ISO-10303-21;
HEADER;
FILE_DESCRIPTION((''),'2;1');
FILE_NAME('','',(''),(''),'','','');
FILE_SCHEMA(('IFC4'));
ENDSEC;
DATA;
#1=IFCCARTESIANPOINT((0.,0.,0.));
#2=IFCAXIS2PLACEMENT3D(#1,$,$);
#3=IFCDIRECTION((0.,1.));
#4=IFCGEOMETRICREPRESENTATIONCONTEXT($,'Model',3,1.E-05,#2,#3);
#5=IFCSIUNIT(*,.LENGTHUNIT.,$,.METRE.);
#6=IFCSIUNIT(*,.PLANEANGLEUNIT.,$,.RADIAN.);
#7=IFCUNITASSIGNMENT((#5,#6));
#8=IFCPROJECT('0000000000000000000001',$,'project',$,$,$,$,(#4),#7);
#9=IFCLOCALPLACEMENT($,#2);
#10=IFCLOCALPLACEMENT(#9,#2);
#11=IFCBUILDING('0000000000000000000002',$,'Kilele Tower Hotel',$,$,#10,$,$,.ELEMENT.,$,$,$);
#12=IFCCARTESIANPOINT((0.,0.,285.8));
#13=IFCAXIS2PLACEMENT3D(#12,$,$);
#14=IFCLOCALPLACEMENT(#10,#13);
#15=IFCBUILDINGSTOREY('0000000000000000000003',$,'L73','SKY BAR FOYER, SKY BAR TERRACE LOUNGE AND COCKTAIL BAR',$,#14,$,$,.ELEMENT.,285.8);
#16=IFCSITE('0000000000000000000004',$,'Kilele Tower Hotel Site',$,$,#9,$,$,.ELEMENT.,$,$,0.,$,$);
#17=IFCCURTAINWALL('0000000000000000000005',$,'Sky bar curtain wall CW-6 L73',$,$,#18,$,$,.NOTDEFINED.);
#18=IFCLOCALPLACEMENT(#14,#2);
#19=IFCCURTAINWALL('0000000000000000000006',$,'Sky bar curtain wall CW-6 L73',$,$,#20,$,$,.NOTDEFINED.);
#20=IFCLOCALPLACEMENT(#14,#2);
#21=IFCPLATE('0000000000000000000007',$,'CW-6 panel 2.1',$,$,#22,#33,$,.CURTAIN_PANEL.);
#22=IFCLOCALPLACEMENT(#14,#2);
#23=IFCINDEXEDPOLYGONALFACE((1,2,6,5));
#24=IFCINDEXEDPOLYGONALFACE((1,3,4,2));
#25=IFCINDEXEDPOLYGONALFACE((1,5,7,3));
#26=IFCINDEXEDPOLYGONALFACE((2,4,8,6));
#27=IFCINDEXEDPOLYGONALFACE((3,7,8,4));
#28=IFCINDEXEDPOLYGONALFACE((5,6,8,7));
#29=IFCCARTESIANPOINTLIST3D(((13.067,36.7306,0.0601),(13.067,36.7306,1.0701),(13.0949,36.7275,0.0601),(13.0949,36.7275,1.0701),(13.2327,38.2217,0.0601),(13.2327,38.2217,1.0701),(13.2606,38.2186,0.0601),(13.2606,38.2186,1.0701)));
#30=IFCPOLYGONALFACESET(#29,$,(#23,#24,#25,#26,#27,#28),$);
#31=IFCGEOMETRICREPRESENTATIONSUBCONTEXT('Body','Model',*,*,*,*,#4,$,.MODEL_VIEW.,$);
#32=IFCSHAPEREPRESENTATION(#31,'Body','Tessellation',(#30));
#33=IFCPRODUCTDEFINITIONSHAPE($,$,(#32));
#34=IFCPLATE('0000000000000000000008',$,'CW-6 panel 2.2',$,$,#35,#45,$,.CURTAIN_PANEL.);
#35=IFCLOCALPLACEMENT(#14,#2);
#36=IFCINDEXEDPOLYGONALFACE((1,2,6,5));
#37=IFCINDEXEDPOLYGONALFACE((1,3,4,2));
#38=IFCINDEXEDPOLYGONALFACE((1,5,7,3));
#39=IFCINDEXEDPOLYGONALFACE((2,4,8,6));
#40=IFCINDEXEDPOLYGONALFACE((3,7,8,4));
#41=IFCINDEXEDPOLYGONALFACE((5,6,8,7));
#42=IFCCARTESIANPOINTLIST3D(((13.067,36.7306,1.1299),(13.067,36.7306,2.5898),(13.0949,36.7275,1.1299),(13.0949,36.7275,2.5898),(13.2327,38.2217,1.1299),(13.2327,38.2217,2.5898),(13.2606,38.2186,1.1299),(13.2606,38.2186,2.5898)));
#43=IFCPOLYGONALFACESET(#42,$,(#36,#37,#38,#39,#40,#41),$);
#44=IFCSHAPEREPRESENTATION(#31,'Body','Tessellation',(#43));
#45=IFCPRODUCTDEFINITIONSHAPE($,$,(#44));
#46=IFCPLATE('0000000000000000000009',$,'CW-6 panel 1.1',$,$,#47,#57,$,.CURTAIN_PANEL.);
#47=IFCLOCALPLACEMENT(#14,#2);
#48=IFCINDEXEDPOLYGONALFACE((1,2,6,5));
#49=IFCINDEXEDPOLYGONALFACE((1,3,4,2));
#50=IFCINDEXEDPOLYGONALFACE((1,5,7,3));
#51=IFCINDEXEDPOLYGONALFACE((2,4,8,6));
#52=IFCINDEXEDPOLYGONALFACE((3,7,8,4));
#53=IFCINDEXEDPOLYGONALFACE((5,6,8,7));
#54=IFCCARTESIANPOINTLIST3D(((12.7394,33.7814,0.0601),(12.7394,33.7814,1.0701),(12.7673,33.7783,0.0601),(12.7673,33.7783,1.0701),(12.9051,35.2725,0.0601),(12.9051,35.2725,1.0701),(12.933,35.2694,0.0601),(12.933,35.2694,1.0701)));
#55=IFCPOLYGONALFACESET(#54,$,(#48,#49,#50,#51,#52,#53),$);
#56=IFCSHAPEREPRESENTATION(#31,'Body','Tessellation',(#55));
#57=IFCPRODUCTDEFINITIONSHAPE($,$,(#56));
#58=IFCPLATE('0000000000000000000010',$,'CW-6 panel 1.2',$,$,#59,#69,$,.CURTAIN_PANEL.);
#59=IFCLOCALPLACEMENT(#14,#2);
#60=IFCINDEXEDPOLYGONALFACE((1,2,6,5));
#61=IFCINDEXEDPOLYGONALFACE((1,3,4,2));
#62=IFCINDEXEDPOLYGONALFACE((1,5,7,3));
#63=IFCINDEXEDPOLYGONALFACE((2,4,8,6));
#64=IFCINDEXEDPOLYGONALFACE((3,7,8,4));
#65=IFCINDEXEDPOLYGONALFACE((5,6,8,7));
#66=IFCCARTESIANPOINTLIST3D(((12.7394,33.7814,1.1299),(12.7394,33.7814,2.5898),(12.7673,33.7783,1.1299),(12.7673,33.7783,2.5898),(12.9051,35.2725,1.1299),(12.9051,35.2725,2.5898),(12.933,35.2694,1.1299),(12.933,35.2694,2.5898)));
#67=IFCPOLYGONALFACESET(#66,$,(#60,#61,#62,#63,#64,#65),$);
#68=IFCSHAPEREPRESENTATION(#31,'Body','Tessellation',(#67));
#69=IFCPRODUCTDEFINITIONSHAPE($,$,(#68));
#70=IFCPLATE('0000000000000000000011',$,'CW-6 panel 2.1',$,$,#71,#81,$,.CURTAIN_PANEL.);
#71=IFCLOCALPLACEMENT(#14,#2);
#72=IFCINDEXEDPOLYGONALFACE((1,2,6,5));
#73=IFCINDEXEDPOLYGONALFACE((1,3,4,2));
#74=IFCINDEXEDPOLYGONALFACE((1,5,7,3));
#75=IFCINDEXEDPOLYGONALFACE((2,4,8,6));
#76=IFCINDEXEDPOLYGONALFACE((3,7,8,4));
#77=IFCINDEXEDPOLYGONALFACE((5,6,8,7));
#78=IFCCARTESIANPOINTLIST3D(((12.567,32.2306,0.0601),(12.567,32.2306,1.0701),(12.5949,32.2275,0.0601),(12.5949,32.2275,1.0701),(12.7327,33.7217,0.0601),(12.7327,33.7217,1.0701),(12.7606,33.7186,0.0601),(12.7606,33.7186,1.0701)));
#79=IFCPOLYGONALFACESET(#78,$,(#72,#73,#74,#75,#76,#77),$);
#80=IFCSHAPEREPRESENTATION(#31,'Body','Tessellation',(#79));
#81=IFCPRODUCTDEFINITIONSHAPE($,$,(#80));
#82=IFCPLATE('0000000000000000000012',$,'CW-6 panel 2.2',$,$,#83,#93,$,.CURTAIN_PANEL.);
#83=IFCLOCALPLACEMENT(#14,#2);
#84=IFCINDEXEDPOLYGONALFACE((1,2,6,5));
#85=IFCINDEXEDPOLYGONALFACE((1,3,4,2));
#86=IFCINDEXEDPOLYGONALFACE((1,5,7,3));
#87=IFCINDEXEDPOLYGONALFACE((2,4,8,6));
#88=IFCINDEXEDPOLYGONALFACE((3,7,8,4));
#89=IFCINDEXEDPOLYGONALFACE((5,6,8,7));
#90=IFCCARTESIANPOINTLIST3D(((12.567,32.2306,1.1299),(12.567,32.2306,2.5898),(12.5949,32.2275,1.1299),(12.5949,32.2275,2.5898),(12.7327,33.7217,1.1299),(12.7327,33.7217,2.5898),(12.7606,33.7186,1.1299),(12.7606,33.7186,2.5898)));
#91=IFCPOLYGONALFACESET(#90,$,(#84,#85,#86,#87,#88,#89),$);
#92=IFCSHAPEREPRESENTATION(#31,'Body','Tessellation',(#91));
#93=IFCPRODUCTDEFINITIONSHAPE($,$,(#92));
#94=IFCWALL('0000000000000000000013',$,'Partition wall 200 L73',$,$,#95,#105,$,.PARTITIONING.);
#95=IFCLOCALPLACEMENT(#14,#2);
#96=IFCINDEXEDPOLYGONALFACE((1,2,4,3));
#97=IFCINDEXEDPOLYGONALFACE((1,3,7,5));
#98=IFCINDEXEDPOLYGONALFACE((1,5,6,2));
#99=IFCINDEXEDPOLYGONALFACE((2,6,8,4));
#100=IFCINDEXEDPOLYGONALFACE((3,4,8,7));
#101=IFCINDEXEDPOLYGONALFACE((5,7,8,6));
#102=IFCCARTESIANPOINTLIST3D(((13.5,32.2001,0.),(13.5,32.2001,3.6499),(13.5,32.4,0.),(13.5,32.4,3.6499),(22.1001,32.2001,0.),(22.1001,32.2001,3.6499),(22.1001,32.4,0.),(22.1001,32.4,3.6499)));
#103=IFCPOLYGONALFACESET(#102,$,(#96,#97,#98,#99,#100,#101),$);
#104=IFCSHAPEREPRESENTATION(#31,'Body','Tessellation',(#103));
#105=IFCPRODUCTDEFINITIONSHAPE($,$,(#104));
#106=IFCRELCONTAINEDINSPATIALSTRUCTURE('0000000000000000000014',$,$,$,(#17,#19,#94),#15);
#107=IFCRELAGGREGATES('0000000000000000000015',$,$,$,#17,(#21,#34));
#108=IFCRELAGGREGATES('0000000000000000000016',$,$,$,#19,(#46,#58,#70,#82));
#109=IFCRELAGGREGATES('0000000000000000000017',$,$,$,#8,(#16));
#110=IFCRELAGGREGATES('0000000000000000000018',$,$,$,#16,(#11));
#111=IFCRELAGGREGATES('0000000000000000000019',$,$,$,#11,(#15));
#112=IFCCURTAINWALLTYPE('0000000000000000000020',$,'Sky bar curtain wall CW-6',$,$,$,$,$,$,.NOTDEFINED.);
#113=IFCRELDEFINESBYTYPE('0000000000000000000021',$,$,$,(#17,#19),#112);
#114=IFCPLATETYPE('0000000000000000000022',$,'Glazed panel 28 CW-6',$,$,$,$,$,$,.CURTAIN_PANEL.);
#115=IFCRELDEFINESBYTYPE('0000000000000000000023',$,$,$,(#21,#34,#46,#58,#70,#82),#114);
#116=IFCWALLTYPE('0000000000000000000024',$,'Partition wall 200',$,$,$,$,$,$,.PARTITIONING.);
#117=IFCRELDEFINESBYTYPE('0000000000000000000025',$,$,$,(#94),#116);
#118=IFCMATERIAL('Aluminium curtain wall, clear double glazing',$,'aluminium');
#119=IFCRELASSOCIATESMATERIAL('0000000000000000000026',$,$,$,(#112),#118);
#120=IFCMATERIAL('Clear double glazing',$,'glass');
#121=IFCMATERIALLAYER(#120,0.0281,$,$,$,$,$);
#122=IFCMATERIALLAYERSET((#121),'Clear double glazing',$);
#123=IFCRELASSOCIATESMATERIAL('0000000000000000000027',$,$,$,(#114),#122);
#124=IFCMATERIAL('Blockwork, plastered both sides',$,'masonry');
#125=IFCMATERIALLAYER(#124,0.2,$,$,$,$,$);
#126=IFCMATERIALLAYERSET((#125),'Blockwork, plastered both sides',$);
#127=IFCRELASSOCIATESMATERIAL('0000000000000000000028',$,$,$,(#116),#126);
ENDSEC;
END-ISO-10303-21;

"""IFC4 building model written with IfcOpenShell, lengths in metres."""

from ifc_helpers import new_model, si_unit, direction, frame, frame_2d, origin, origin_2d, place, context, subcontext, project, spatial, rectangle, extrude, material, layer, layer_set, type_object, element, aggregate, save


model = new_model("IFC4")

# Units and contexts
model_context = context("Model", 3, precision=1e-05, world=origin(), true_north=direction((0.0, 1.0)))
body_context = subcontext(model_context, "Body", "Model", "MODEL_VIEW")
ifc_project = project(units=[si_unit("LENGTHUNIT", "METRE"), si_unit("PLANEANGLEUNIT", "RADIAN")], contexts=[model_context])

# Site, building, storey
site_placement = place(None, origin())
site = spatial("IfcSite", under=ifc_project, at=site_placement, Name="Kilele Tower Hotel Site", CompositionType="ELEMENT", RefElevation=0.0)
building_placement = place(site_placement, origin())
building = spatial("IfcBuilding", under=site, at=building_placement, Name="Kilele Tower Hotel", CompositionType="ELEMENT")
storey_placement = place(building_placement, frame((0.0, 0.0, 285.8)))
storey = spatial("IfcBuildingStorey", under=building, at=storey_placement, Name="L73", Description="SKY BAR FOYER, SKY BAR TERRACE LOUNGE AND COCKTAIL BAR", CompositionType="ELEMENT", Elevation=285.8)

# Shared definitions
ifc_material_1 = material(Name="Aluminium curtain wall, clear double glazing", Category="aluminium")
curtain_wall_type = type_object("IfcCurtainWallType", Name="Sky bar curtain wall CW-6", PredefinedType="NOTDEFINED", material=ifc_material_1)

# Curtain walls
curtain_wall_1_placement = place(storey_placement, origin())
curtain_wall_1 = element("IfcCurtainWall", 1, at=curtain_wall_1_placement, inside=storey, type_object=curtain_wall_type, Name="Sky bar curtain wall CW-6 L73", PredefinedType="NOTDEFINED")
curtain_wall_2_placement = place(storey_placement, origin())
curtain_wall_2 = element("IfcCurtainWall", 2, at=curtain_wall_2_placement, inside=storey, type_object=curtain_wall_type, Name="Sky bar curtain wall CW-6 L73", PredefinedType="NOTDEFINED")

# Plates
ifc_material_2 = material(Name="Clear double glazing", Category="glass")
ifc_layer_1 = layer(ifc_material_2, 0.0281)
ifc_layer_set_1 = layer_set([ifc_layer_1], Name="Clear double glazing")
plate_type = type_object("IfcPlateType", Name="Glazed panel 28 CW-6", PredefinedType="CURTAIN_PANEL", material=ifc_layer_set_1)
plate_1_placement = place(storey_placement, frame((13.1638, 37.4746, 0.0601), z_axis=(0.0, 0.0, 1.0), x_axis=(-0.110432, -0.993884, 0.0)))
plate_1 = element("IfcPlate", 3, at=plate_1_placement, type_object=plate_type, Name="CW-6 panel 2.1", PredefinedType="CURTAIN_PANEL", context=body_context, shape_type="SweptSolid", body=[
    extrude(rectangle(XDim=1.5002, YDim=0.0281, at=origin_2d()), origin(), (0.0, 0.0, 1.0), 1.01),
])
plate_2_placement = place(storey_placement, frame((13.1638, 37.4746, 1.1299), z_axis=(0.0, 0.0, 1.0), x_axis=(-0.110432, -0.993884, 0.0)))
plate_2 = element("IfcPlate", 4, at=plate_2_placement, type_object=plate_type, Name="CW-6 panel 2.2", PredefinedType="CURTAIN_PANEL", context=body_context, shape_type="SweptSolid", body=[
    extrude(rectangle(XDim=1.5002, YDim=0.0281, at=origin_2d()), origin(), (0.0, 0.0, 1.0), 1.46),
])
aggregate(curtain_wall_1, [plate_1, plate_2])
plate_3_placement = place(storey_placement, frame((12.8362, 34.5254, 0.0601), z_axis=(0.0, 0.0, 1.0), x_axis=(-0.110432, -0.993884, 0.0)))
plate_3 = element("IfcPlate", 5, at=plate_3_placement, type_object=plate_type, Name="CW-6 panel 1.1", PredefinedType="CURTAIN_PANEL", context=body_context, shape_type="SweptSolid", body=[
    extrude(rectangle(XDim=1.5002, YDim=0.0281, at=origin_2d()), origin(), (0.0, 0.0, 1.0), 1.01),
])
plate_4_placement = place(storey_placement, frame((12.8362, 34.5254, 1.1299), z_axis=(0.0, 0.0, 1.0), x_axis=(-0.110432, -0.993884, 0.0)))
plate_4 = element("IfcPlate", 6, at=plate_4_placement, type_object=plate_type, Name="CW-6 panel 1.2", PredefinedType="CURTAIN_PANEL", context=body_context, shape_type="SweptSolid", body=[
    extrude(rectangle(XDim=1.5002, YDim=0.0281, at=origin_2d()), origin(), (0.0, 0.0, 1.0), 1.46),
])
plate_5_placement = place(storey_placement, frame((12.6638, 32.9746, 0.0601), z_axis=(0.0, 0.0, 1.0), x_axis=(-0.110432, -0.993884, 0.0)))
plate_5 = element("IfcPlate", 7, at=plate_5_placement, type_object=plate_type, Name="CW-6 panel 2.1", PredefinedType="CURTAIN_PANEL", context=body_context, shape_type="SweptSolid", body=[
    extrude(rectangle(XDim=1.5002, YDim=0.0281, at=origin_2d()), origin(), (0.0, 0.0, 1.0), 1.01),
])
plate_6_placement = place(storey_placement, frame((12.6638, 32.9746, 1.1299), z_axis=(0.0, 0.0, 1.0), x_axis=(-0.110432, -0.993884, 0.0)))
plate_6 = element("IfcPlate", 8, at=plate_6_placement, type_object=plate_type, Name="CW-6 panel 2.2", PredefinedType="CURTAIN_PANEL", context=body_context, shape_type="SweptSolid", body=[
    extrude(rectangle(XDim=1.5002, YDim=0.0281, at=origin_2d()), origin(), (0.0, 0.0, 1.0), 1.46),
])
aggregate(curtain_wall_2, [plate_3, plate_4, plate_5, plate_6])

# Wall
ifc_material_3 = material(Name="Blockwork, plastered both sides", Category="masonry")
ifc_layer_2 = layer(ifc_material_3, 0.2)
ifc_layer_set_2 = layer_set([ifc_layer_2], Name="Blockwork, plastered both sides")
wall_type = type_object("IfcWallType", Name="Partition wall 200", PredefinedType="PARTITIONING", material=ifc_layer_set_2)
wall_placement = place(storey_placement, frame((13.5, 32.3, 0.0), z_axis=(0.0, 0.0, 1.0), x_axis=(1.0, 0.0, 0.0)))
element("IfcWall", 9, at=wall_placement, inside=storey, type_object=wall_type, Name="Partition wall 200 L73", PredefinedType="PARTITIONING", context=body_context, shape_type="SweptSolid", body=[
    extrude(rectangle(XDim=8.6001, YDim=0.2, at=frame_2d((4.3, 0.0))), origin(), (0.0, 0.0, 1.0), 3.6499),
])

save(model, "model.ifc")
